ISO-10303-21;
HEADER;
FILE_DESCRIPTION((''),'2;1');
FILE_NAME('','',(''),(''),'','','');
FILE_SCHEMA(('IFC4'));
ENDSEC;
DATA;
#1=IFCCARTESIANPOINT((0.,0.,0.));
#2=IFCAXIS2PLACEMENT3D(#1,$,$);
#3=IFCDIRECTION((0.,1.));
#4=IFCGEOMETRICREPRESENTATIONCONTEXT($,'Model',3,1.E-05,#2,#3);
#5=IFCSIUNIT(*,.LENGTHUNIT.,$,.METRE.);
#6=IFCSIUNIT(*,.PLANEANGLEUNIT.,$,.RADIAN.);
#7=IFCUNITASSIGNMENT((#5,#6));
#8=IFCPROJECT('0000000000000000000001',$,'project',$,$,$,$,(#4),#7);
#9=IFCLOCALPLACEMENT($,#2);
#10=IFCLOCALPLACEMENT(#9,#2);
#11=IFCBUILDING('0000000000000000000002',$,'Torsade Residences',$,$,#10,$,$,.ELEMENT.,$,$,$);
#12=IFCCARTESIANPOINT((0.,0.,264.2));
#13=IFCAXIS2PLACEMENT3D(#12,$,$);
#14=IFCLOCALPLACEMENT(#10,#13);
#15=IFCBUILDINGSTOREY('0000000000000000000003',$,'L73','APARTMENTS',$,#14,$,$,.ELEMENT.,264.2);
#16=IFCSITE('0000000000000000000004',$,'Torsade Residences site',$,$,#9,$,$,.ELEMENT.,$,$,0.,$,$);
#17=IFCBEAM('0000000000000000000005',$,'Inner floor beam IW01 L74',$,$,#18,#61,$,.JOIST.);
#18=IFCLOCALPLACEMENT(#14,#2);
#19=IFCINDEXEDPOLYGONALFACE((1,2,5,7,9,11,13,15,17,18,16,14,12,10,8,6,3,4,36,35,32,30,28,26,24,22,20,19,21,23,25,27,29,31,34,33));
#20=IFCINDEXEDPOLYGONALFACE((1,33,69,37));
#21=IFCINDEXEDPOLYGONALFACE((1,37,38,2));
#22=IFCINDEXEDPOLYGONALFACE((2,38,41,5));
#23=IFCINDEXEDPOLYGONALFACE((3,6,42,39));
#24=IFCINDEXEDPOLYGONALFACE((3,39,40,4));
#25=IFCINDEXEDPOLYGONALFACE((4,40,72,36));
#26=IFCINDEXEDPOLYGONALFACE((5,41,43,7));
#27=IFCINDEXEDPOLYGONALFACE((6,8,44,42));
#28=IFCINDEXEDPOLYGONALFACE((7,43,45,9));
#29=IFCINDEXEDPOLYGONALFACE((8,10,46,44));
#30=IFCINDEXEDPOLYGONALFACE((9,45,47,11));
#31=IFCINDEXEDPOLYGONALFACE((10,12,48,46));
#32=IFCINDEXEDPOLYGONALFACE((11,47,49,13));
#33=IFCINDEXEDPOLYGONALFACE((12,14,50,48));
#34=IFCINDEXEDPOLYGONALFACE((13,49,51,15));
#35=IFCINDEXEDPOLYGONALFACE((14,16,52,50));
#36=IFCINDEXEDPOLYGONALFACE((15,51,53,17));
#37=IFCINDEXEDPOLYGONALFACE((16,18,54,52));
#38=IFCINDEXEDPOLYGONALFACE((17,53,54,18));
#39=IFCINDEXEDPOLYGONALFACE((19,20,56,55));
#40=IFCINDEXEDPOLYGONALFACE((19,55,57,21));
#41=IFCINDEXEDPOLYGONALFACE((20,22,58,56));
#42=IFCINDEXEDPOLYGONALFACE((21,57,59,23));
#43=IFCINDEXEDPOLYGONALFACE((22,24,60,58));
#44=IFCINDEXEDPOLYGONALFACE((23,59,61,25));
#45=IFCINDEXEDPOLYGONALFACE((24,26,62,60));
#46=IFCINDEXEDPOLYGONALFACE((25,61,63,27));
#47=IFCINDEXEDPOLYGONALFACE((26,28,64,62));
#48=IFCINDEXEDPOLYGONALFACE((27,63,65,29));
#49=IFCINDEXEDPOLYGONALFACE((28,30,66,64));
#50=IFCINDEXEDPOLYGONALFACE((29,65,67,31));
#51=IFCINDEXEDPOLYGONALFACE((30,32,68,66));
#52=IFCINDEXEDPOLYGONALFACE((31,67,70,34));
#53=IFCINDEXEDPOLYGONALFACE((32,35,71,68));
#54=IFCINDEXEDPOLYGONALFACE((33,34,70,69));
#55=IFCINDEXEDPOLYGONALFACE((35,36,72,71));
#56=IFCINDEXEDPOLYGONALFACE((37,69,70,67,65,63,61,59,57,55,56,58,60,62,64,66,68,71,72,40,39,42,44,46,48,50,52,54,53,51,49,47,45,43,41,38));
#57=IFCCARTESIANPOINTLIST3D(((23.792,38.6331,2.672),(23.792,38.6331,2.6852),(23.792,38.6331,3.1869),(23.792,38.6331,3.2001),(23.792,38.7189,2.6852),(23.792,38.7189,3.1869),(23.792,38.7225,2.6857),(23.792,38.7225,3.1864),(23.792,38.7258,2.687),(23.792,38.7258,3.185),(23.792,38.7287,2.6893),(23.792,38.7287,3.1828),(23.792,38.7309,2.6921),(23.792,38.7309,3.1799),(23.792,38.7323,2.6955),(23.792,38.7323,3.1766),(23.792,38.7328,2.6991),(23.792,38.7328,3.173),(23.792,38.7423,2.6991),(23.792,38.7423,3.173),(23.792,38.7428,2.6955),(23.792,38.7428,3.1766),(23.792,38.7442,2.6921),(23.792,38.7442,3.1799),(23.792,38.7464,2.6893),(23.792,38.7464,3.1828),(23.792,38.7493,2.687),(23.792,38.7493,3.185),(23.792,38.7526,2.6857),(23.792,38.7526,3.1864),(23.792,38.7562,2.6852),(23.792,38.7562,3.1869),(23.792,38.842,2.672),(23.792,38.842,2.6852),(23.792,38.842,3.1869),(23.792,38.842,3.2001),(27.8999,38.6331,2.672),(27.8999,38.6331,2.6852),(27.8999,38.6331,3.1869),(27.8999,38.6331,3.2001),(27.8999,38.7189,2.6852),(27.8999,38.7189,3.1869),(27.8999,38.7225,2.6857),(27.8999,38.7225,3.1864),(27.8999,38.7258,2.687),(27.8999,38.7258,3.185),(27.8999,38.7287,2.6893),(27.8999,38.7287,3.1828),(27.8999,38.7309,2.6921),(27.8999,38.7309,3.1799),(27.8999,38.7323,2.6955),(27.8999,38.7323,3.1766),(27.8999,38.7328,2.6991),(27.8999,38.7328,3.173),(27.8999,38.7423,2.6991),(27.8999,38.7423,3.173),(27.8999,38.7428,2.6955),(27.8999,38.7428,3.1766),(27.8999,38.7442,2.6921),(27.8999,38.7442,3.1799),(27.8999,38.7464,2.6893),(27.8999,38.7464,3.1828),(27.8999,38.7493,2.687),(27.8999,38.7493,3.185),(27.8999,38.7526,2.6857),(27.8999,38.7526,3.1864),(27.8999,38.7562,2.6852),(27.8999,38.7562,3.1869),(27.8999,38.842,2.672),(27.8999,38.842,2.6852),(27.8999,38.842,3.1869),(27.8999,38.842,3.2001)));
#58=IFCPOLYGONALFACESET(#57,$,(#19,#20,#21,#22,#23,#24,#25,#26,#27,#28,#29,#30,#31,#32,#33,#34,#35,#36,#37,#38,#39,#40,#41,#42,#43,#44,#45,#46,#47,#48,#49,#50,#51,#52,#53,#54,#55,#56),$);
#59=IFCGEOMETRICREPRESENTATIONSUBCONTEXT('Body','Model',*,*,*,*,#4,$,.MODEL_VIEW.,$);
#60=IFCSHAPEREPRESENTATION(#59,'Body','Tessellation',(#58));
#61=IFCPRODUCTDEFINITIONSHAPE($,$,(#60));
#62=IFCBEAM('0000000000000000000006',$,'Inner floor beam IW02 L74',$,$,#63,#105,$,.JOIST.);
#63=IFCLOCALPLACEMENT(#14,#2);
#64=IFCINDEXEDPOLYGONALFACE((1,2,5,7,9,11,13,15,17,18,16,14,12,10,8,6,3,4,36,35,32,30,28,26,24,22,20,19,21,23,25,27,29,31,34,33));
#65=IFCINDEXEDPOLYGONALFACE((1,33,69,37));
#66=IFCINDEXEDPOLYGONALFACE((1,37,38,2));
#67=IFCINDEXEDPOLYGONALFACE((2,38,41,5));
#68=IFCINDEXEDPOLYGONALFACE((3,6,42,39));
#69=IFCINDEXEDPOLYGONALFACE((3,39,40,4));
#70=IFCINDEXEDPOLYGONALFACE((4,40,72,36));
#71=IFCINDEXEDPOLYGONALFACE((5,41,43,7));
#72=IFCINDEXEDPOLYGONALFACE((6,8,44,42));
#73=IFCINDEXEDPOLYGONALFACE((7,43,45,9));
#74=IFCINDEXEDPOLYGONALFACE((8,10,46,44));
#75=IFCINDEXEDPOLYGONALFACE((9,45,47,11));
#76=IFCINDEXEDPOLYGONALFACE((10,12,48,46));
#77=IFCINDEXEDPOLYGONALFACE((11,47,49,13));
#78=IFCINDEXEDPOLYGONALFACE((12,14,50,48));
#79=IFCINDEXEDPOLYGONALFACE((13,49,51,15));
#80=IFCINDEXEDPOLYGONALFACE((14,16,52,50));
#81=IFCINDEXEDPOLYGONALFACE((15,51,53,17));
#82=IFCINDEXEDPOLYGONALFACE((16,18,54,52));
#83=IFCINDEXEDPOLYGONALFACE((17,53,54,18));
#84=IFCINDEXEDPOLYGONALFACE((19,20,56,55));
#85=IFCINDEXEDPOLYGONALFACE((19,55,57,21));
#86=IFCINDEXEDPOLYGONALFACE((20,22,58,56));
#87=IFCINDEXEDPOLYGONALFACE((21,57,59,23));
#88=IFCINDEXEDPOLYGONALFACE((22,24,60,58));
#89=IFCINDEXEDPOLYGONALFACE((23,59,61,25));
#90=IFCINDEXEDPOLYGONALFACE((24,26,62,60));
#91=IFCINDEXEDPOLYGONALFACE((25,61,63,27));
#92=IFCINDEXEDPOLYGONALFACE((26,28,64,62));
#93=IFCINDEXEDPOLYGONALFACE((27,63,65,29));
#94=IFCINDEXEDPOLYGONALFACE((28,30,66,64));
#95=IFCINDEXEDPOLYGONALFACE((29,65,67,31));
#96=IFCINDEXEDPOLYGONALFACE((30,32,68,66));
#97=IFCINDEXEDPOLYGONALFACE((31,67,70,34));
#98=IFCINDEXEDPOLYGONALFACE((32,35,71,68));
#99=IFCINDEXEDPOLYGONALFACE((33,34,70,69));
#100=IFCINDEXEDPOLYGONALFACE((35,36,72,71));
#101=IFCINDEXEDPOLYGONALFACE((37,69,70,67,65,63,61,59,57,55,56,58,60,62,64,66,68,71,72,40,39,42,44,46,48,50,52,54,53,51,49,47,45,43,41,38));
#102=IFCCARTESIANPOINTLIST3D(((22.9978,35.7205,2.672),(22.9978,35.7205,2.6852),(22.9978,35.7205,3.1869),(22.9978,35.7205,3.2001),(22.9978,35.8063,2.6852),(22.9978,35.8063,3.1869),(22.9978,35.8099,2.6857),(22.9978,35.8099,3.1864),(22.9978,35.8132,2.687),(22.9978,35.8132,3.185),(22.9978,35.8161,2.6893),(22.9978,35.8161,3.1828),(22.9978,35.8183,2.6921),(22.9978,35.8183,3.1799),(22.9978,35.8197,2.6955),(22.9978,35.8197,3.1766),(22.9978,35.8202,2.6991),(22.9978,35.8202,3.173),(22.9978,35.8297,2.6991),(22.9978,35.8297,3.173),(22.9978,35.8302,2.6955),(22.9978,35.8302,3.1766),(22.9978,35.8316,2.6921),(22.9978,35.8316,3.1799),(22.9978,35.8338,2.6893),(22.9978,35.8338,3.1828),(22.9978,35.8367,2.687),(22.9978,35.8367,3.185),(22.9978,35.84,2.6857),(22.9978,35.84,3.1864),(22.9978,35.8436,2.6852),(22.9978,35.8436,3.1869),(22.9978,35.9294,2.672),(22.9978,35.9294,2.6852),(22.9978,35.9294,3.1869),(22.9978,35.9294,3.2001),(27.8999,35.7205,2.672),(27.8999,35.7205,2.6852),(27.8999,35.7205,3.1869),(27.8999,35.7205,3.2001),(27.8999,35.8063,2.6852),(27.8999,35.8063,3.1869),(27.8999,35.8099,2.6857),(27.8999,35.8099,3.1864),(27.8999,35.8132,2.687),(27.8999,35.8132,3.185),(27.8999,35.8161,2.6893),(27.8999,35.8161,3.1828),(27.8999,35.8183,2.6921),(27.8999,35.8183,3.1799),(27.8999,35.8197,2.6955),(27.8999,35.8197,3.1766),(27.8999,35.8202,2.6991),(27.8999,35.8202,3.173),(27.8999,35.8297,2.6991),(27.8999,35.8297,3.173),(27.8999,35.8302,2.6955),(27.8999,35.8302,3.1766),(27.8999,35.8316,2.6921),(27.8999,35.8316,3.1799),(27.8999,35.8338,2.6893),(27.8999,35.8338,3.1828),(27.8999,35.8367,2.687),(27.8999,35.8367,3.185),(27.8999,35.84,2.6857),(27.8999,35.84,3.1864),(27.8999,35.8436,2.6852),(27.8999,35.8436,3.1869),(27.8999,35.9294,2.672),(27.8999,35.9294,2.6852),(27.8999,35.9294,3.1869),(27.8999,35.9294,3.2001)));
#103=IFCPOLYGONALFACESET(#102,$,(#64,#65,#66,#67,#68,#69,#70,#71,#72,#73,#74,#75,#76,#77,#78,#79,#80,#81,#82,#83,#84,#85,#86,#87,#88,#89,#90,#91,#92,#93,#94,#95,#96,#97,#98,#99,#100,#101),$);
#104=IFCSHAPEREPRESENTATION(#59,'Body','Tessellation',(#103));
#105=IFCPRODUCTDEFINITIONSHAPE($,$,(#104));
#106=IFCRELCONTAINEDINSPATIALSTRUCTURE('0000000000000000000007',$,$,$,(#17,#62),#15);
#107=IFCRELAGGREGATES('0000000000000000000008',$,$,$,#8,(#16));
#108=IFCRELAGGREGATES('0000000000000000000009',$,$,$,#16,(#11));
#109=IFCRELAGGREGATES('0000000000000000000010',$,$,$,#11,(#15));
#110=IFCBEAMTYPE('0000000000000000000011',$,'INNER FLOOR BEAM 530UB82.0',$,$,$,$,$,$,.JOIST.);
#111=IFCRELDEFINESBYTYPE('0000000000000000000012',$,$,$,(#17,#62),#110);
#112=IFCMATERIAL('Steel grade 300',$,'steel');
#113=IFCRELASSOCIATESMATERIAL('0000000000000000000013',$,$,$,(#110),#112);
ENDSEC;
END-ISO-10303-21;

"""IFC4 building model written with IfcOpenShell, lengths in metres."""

from ifc_helpers import new_model, si_unit, direction, frame, origin, origin_2d, place, context, subcontext, project, spatial, i_section, extrude, material, material_profile, profile_set, type_object, element, save


model = new_model("IFC4")

# Units and contexts
model_context = context("Model", 3, precision=1e-05, world=origin(), true_north=direction((0.0, 1.0)))
body_context = subcontext(model_context, "Body", "Model", "MODEL_VIEW")
ifc_project = project(units=[si_unit("LENGTHUNIT", "METRE"), si_unit("PLANEANGLEUNIT", "RADIAN")], contexts=[model_context])

# Site, building, storey
site_placement = place(None, origin())
site = spatial("IfcSite", under=ifc_project, at=site_placement, Name="Torsade Residences site", CompositionType="ELEMENT", RefElevation=0.0)
building_placement = place(site_placement, origin())
building = spatial("IfcBuilding", under=site, at=building_placement, Name="Torsade Residences", CompositionType="ELEMENT")
storey_placement = place(building_placement, frame((0.0, 0.0, 264.2)))
storey = spatial("IfcBuildingStorey", under=building, at=storey_placement, Name="L73", Description="APARTMENTS", CompositionType="ELEMENT", Elevation=264.2)

# Beams
ifc_material_1 = material(Name="Steel grade 300", Category="steel")
ifc_material_profile = material_profile(ifc_material_1, i_section(OverallWidth=0.209, OverallDepth=0.5281, WebThickness=0.0095, FlangeThickness=0.0132, FilletRadius=0.0139, at=origin_2d()), Name="530UB82.0")
ifc_profile_set = profile_set([ifc_material_profile], Name="Steel grade 300")
beam_type = type_object("IfcBeamType", Name="INNER FLOOR BEAM 530UB82.0", PredefinedType="JOIST", material=ifc_profile_set)
beam_1_placement = place(storey_placement, frame((27.8999, 38.7375, 2.936), z_axis=(-1.0, 0.0, 0.0), x_axis=(0.0, -1.0, 0.0)))
element("IfcBeam", 1, at=beam_1_placement, inside=storey, type_object=beam_type, Name="Inner floor beam IW01 L74", PredefinedType="JOIST", context=body_context, shape_type="SweptSolid", body=[
    extrude(i_section(OverallWidth=0.209, OverallDepth=0.5281, WebThickness=0.0095, FlangeThickness=0.0132, FilletRadius=0.0139, at=origin_2d()), origin(), (0.0, 0.0, 1.0), 4.1079),
])
beam_2_placement = place(storey_placement, frame((27.8999, 35.825, 2.936), z_axis=(-1.0, 0.0, 0.0), x_axis=(0.0, -1.0, 0.0)))
element("IfcBeam", 2, at=beam_2_placement, inside=storey, type_object=beam_type, Name="Inner floor beam IW02 L74", PredefinedType="JOIST", context=body_context, shape_type="SweptSolid", body=[
    extrude(i_section(OverallWidth=0.209, OverallDepth=0.5281, WebThickness=0.0095, FlangeThickness=0.0132, FilletRadius=0.0139, at=origin_2d()), origin(), (0.0, 0.0, 1.0), 4.9021),
])

save(model, "model.ifc")
